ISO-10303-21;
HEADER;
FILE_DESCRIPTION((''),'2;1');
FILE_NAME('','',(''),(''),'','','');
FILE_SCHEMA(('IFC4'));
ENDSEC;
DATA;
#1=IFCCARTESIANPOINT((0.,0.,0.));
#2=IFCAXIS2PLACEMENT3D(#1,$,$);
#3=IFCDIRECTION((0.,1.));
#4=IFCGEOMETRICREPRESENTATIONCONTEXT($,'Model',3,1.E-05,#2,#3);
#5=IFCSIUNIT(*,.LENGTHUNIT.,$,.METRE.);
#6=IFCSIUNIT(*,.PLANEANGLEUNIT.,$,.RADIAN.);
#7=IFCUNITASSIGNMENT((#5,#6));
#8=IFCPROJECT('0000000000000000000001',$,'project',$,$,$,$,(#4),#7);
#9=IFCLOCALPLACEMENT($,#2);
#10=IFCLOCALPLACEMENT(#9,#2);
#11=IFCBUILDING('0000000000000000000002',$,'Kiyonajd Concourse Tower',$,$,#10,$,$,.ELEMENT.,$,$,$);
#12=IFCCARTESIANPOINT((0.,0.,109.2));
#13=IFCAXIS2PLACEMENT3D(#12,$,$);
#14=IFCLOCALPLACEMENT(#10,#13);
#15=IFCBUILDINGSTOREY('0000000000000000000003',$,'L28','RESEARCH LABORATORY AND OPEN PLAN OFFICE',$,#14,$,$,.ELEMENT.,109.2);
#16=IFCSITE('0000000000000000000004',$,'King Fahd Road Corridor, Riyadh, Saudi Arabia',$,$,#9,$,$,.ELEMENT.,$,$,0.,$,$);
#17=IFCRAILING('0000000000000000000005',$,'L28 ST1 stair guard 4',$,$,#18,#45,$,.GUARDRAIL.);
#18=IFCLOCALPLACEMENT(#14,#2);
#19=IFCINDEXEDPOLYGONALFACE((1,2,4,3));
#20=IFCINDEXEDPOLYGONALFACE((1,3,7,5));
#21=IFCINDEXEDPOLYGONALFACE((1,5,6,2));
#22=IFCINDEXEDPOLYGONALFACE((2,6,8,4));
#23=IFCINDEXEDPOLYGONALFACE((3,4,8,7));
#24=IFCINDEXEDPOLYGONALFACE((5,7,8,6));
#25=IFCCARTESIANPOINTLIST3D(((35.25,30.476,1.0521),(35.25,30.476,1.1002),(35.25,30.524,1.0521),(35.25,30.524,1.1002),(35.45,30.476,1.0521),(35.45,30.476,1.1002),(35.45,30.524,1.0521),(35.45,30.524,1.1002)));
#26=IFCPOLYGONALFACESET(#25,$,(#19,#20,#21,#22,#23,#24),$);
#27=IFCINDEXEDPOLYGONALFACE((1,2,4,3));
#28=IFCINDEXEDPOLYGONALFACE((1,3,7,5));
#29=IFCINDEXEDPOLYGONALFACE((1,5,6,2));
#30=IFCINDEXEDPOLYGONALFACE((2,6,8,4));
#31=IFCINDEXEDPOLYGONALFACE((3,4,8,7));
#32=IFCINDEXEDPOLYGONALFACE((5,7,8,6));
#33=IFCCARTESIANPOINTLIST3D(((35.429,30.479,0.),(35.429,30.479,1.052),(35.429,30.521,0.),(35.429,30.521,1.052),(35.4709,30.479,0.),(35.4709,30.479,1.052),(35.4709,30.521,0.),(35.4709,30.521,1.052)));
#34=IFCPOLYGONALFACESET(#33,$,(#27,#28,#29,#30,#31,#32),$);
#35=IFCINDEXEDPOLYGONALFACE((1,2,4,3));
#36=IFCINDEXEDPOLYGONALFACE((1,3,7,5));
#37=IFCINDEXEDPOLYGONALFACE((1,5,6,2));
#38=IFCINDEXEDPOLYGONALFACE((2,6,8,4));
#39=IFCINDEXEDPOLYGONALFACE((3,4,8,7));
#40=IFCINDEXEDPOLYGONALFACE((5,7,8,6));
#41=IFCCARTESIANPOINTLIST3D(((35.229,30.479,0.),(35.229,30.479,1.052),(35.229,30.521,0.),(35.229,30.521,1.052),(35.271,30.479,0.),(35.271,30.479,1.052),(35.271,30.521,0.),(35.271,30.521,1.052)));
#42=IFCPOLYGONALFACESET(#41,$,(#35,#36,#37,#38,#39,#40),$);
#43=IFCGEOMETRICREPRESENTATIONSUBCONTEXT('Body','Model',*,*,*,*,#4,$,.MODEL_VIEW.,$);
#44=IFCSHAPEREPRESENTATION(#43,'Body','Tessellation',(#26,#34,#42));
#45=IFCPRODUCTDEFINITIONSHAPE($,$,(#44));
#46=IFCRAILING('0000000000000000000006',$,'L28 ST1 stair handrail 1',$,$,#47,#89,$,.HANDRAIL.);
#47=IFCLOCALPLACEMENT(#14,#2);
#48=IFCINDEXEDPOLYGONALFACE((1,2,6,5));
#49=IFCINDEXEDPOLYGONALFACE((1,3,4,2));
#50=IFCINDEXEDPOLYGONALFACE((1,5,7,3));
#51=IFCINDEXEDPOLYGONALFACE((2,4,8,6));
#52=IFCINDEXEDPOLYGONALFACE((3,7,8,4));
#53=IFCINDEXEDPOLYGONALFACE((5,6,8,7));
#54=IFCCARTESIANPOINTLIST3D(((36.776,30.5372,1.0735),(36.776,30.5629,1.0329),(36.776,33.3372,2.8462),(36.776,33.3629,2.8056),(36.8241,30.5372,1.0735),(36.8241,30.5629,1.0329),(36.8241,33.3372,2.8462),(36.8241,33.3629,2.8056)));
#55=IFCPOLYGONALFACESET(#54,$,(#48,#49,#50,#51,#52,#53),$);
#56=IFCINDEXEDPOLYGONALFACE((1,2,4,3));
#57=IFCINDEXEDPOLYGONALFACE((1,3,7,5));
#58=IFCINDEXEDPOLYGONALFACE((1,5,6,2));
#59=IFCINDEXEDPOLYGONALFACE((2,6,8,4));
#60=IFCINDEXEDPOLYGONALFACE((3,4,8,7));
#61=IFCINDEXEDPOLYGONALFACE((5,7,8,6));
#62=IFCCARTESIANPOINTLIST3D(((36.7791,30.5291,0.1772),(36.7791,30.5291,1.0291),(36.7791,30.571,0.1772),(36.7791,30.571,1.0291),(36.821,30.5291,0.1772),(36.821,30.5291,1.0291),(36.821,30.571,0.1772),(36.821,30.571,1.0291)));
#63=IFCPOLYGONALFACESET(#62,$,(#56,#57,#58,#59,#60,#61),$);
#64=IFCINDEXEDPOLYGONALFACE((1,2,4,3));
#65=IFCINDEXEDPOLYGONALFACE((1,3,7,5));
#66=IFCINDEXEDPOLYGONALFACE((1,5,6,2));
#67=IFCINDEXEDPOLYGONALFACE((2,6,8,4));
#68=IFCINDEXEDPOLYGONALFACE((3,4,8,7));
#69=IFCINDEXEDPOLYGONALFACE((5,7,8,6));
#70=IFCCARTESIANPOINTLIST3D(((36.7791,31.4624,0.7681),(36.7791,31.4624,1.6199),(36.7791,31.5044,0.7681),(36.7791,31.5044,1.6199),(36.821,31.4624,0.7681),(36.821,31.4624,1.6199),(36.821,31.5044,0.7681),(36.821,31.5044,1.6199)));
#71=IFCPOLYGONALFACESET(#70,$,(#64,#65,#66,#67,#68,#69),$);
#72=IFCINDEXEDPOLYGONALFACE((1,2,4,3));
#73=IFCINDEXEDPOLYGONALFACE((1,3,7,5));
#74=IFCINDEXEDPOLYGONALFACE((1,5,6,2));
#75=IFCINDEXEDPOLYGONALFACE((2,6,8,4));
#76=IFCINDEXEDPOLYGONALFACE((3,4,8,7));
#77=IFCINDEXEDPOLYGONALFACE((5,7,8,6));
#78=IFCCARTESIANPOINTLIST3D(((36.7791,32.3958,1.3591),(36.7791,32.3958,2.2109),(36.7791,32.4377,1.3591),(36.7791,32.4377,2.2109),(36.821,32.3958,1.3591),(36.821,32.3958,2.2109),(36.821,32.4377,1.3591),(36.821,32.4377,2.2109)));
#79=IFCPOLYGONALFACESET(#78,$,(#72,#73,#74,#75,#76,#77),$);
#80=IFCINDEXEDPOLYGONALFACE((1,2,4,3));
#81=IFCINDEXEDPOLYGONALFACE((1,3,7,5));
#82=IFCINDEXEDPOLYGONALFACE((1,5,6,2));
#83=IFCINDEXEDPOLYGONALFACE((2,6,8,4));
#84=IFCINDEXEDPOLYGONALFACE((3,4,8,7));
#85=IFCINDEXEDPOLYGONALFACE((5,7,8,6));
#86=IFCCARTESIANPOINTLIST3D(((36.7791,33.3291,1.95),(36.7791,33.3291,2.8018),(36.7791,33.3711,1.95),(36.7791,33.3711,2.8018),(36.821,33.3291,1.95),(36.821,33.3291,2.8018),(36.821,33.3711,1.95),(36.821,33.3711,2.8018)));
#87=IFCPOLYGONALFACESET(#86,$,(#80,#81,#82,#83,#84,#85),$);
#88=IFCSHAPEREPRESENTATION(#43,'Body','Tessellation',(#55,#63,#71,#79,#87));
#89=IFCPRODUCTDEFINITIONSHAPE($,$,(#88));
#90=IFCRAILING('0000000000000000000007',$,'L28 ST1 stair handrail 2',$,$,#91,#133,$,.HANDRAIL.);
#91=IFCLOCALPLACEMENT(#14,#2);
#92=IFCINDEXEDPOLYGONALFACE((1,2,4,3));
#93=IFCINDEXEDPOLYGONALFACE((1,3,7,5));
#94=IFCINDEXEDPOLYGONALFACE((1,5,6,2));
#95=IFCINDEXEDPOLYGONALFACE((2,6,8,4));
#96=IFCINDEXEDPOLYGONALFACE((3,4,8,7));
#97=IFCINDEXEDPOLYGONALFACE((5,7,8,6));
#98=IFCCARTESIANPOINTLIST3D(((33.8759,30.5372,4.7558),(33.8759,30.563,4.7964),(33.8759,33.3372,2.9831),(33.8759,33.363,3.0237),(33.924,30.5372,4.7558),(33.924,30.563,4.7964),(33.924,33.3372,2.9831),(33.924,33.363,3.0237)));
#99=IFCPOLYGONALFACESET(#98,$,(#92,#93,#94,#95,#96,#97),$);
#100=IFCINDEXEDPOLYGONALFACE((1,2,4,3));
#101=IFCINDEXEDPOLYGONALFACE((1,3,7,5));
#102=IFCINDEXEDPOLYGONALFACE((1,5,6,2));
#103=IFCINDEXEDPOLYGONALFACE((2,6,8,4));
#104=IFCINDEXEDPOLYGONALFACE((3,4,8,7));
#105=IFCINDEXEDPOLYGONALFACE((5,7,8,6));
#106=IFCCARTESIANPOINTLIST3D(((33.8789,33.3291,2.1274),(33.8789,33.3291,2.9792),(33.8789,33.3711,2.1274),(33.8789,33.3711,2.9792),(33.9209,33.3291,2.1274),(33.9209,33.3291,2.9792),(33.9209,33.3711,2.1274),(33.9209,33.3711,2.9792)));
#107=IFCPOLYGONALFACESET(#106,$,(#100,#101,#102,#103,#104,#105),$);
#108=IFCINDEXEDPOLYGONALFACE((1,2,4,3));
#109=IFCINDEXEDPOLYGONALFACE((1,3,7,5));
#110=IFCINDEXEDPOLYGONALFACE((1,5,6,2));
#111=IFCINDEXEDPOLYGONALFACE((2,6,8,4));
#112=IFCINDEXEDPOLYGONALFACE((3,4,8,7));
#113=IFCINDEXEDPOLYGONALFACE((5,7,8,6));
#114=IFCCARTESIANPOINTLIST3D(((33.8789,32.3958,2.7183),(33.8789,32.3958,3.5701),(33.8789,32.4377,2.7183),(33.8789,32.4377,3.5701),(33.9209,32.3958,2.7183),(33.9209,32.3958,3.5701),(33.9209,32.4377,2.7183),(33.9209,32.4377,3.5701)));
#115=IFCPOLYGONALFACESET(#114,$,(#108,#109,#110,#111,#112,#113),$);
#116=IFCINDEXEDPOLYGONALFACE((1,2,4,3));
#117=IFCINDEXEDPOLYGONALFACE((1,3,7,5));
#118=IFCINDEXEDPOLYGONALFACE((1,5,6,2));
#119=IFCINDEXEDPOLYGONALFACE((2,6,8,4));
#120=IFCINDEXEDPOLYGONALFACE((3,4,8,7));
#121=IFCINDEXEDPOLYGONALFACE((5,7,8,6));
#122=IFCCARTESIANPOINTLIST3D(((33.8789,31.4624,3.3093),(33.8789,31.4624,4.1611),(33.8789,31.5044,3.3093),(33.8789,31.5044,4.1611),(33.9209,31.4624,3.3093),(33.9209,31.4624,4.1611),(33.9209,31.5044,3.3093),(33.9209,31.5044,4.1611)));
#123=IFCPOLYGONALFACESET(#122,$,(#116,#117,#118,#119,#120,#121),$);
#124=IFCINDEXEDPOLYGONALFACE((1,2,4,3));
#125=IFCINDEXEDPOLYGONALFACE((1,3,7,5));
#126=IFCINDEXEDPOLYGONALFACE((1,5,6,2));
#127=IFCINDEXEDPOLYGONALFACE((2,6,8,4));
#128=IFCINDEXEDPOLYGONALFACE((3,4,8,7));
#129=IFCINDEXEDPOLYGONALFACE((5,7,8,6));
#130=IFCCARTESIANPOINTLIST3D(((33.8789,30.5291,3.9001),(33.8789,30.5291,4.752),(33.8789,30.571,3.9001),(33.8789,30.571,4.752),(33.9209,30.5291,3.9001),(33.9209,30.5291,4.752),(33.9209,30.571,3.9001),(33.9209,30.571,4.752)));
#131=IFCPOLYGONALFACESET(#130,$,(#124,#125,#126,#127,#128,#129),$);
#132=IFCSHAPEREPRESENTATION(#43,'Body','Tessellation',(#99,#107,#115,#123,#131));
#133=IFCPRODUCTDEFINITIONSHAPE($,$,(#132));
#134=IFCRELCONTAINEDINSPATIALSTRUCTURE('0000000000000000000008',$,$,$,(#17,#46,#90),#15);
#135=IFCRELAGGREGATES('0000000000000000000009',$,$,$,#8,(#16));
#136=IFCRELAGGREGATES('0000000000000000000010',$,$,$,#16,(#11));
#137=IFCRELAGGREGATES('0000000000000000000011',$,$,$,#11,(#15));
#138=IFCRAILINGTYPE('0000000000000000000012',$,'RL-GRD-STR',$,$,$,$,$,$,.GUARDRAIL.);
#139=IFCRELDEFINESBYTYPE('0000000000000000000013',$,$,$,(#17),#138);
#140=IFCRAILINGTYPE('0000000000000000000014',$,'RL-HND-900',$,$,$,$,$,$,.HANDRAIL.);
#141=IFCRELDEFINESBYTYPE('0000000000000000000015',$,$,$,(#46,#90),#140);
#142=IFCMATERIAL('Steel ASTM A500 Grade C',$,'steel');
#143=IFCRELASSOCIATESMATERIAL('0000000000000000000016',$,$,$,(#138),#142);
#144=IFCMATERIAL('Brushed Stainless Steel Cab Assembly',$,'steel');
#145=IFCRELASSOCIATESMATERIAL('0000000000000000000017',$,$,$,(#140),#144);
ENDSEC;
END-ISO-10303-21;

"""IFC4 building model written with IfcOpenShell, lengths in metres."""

from ifc_helpers import new_model, si_unit, direction, frame, origin, origin_2d, place, context, subcontext, project, spatial, rectangle, extrude, material, type_object, element, save


model = new_model("IFC4")

# Units and contexts
model_context = context("Model", 3, precision=1e-05, world=origin(), true_north=direction((0.0, 1.0)))
body_context = subcontext(model_context, "Body", "Model", "MODEL_VIEW")
ifc_project = project(units=[si_unit("LENGTHUNIT", "METRE"), si_unit("PLANEANGLEUNIT", "RADIAN")], contexts=[model_context])

# Site, building, storey
site_placement = place(None, origin())
site = spatial("IfcSite", under=ifc_project, at=site_placement, Name="King Fahd Road Corridor, Riyadh, Saudi Arabia", CompositionType="ELEMENT", RefElevation=0.0)
building_placement = place(site_placement, origin())
building = spatial("IfcBuilding", under=site, at=building_placement, Name="Kiyonajd Concourse Tower", CompositionType="ELEMENT")
storey_placement = place(building_placement, frame((0.0, 0.0, 109.2)))
storey = spatial("IfcBuildingStorey", under=building, at=storey_placement, Name="L28", Description="RESEARCH LABORATORY AND OPEN PLAN OFFICE", CompositionType="ELEMENT", Elevation=109.2)

# Shared definitions
ifc_material_1 = material(Name="Brushed Stainless Steel Cab Assembly", Category="steel")

# Railings
ifc_material_2 = material(Name="Steel ASTM A500 Grade C", Category="steel")
railing_type_1 = type_object("IfcRailingType", Name="RL-GRD-STR", PredefinedType="GUARDRAIL", material=ifc_material_2)
railing_1_placement = place(storey_placement, frame((35.45, 30.5, 0.0)))
element("IfcRailing", 1, at=railing_1_placement, inside=storey, type_object=railing_type_1, Name="L28 ST1 stair guard 4", PredefinedType="GUARDRAIL", context=body_context, shape_type="SweptSolid", body=[
    extrude(rectangle(XDim=0.0481, YDim=0.0481, at=origin_2d()), frame((0.0, 0.0, 1.0762), z_axis=(-1.0, 0.0, 0.0), x_axis=(0.0, -1.0, 0.0)), (0.0, 0.0, 1.0), 0.2),
    extrude(rectangle(XDim=0.042, YDim=0.042, at=origin_2d()), origin(), (0.0, 0.0, 1.0), 1.052),
    extrude(rectangle(XDim=0.042, YDim=0.042, at=origin_2d()), frame((-0.2, 0.0, 0.0)), (0.0, 0.0, 1.0), 1.052),
])
railing_type_2 = type_object("IfcRailingType", Name="RL-HND-900", PredefinedType="HANDRAIL", material=ifc_material_1)
railing_2_placement = place(storey_placement, frame((36.8, 30.55, 0.1772)))
element("IfcRailing", 2, at=railing_2_placement, inside=storey, type_object=railing_type_2, Name="L28 ST1 stair handrail 1", PredefinedType="HANDRAIL", context=body_context, shape_type="SweptSolid", body=[
    extrude(rectangle(XDim=0.0481, YDim=0.0481, at=origin_2d()), frame((0.0, 0.0, 0.876), z_axis=(0.0, 0.844909, 0.53491), x_axis=(-1.0, 0.0, 0.0)), (0.0, 0.0, 1.0), 3.314),
    extrude(rectangle(XDim=0.042, YDim=0.042, at=origin_2d()), origin(), (0.0, 0.0, 1.0), 0.8518),
    extrude(rectangle(XDim=0.042, YDim=0.042, at=origin_2d()), frame((0.0, 0.9333, 0.5908)), (0.0, 0.0, 1.0), 0.8518),
    extrude(rectangle(XDim=0.042, YDim=0.042, at=origin_2d()), frame((0.0, 1.8667, 1.1819)), (0.0, 0.0, 1.0), 0.8518),
    extrude(rectangle(XDim=0.042, YDim=0.042, at=origin_2d()), frame((0.0, 2.8, 1.7727)), (0.0, 0.0, 1.0), 0.8518),
])
railing_3_placement = place(storey_placement, frame((33.8999, 33.3501, 2.1274)))
element("IfcRailing", 3, at=railing_3_placement, inside=storey, type_object=railing_type_2, Name="L28 ST1 stair handrail 2", PredefinedType="HANDRAIL", context=body_context, shape_type="SweptSolid", body=[
    extrude(rectangle(XDim=0.0481, YDim=0.0481, at=origin_2d()), frame((0.0, 0.0, 0.876), z_axis=(0.0, -0.844909, 0.53491), x_axis=(1.0, 0.0, 0.0)), (0.0, 0.0, 1.0), 3.314),
    extrude(rectangle(XDim=0.042, YDim=0.042, at=origin_2d()), origin(), (0.0, 0.0, 1.0), 0.8518),
    extrude(rectangle(XDim=0.042, YDim=0.042, at=origin_2d()), frame((0.0, -0.9333, 0.5908)), (0.0, 0.0, 1.0), 0.8518),
    extrude(rectangle(XDim=0.042, YDim=0.042, at=origin_2d()), frame((0.0, -1.8667, 1.1819)), (0.0, 0.0, 1.0), 0.8518),
    extrude(rectangle(XDim=0.042, YDim=0.042, at=origin_2d()), frame((0.0, -2.8, 1.7727)), (0.0, 0.0, 1.0), 0.8518),
])

save(model, "model.ifc")
